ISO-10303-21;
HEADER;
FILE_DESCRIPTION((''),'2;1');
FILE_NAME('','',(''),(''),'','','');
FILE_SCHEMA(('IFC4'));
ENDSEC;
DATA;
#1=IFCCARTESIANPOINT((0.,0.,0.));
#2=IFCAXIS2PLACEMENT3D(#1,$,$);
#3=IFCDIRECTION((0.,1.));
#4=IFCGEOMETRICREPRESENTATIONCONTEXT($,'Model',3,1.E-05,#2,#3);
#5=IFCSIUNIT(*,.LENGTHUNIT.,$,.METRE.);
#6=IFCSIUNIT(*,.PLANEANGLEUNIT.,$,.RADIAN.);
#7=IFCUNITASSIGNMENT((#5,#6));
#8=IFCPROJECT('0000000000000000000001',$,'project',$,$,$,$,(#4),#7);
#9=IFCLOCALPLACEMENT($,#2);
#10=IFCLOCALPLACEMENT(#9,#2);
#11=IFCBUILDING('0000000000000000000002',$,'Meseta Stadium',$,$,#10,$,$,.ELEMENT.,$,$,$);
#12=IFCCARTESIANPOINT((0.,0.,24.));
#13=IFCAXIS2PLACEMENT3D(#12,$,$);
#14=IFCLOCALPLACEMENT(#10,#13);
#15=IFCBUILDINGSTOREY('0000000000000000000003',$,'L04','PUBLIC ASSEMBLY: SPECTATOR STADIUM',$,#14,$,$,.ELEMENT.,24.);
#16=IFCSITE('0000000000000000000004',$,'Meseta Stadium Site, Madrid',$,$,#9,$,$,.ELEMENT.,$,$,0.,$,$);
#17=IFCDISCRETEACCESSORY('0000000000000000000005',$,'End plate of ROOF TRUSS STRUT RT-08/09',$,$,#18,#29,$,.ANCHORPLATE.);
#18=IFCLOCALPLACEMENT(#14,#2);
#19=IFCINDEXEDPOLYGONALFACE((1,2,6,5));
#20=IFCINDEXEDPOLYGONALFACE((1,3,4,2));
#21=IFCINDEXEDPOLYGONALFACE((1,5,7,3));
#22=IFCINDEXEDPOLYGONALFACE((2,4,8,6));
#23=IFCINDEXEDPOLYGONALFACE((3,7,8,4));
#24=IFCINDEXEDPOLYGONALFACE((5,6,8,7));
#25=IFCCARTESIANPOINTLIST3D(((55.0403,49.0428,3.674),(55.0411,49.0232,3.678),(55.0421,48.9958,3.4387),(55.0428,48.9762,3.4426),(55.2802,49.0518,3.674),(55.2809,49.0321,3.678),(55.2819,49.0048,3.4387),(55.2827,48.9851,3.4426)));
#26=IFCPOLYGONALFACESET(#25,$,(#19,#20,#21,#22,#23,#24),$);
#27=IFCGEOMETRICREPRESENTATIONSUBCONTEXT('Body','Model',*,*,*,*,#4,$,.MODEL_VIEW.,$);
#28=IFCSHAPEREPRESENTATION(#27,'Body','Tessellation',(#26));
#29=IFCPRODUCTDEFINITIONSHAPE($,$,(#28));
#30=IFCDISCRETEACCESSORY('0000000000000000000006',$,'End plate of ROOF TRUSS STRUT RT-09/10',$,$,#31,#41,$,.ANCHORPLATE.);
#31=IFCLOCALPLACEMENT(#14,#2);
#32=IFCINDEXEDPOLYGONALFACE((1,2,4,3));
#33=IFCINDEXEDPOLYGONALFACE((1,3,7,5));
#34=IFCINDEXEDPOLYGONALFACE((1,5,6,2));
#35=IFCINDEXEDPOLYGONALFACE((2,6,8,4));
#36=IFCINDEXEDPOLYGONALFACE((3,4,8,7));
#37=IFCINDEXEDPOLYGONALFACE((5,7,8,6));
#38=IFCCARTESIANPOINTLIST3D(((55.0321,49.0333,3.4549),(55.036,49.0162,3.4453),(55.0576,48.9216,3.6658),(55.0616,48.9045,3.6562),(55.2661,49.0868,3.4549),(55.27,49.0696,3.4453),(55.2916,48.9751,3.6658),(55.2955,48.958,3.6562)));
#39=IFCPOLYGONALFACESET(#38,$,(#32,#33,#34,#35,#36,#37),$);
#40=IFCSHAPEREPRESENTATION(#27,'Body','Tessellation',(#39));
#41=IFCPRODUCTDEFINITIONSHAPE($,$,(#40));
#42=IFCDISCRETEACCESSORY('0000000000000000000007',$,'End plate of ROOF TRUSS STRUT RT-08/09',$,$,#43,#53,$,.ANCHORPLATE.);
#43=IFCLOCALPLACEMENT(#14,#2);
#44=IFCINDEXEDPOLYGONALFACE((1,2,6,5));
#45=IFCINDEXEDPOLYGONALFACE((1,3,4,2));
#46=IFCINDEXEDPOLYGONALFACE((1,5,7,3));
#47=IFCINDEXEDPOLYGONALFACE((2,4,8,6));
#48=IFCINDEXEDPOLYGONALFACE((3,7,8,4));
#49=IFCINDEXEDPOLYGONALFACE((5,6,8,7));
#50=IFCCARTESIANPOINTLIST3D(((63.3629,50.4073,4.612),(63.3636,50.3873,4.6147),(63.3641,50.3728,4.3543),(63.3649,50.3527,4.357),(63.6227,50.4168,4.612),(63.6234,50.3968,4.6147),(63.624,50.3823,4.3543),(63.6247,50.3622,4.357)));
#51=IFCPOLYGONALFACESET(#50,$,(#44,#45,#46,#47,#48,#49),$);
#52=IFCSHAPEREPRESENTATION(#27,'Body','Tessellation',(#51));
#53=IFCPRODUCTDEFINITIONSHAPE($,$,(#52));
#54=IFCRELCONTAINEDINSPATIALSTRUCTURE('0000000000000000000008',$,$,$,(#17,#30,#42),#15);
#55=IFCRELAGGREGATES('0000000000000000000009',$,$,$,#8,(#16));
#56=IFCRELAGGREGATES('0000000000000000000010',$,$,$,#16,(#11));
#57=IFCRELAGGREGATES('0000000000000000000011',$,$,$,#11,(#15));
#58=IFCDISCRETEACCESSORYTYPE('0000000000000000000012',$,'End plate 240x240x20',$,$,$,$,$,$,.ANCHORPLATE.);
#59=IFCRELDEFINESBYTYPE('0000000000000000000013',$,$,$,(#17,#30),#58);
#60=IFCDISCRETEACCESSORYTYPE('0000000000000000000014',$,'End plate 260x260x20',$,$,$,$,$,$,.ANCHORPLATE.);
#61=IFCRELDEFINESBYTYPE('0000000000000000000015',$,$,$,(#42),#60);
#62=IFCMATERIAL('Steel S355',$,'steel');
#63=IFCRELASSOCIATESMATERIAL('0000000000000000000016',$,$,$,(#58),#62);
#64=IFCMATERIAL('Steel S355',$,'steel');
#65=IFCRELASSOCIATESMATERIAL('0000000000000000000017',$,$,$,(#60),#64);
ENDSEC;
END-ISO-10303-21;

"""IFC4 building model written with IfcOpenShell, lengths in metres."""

from ifc_helpers import new_model, si_unit, direction, frame, origin, origin_2d, place, context, subcontext, project, spatial, rectangle, extrude, material, material_profile, profile_set, type_object, element, save


model = new_model("IFC4")

# Units and contexts
model_context = context("Model", 3, precision=1e-05, world=origin(), true_north=direction((0.0, 1.0)))
body_context = subcontext(model_context, "Body", "Model", "MODEL_VIEW")
ifc_project = project(units=[si_unit("LENGTHUNIT", "METRE"), si_unit("PLANEANGLEUNIT", "RADIAN")], contexts=[model_context])

# Site, building, storey
site_placement = place(None, origin())
site = spatial("IfcSite", under=ifc_project, at=site_placement, Name="Meseta Stadium Site, Madrid", CompositionType="ELEMENT", RefElevation=0.0)
building_placement = place(site_placement, origin())
building = spatial("IfcBuilding", under=site, at=building_placement, Name="Meseta Stadium", CompositionType="ELEMENT")
storey_placement = place(building_placement, frame((0.0, 0.0, 24.0)))
storey = spatial("IfcBuildingStorey", under=building, at=storey_placement, Name="L04", Description="PUBLIC ASSEMBLY: SPECTATOR STADIUM", CompositionType="ELEMENT", Elevation=24.0)

# Discrete accessories
ifc_material_1 = material(Name="Steel S355", Category="steel")
ifc_material_profile_1 = material_profile(ifc_material_1, rectangle(XDim=0.24, YDim=0.24, at=origin_2d()), Name="PL 240x240")
ifc_profile_set_1 = profile_set([ifc_material_profile_1], Name="Steel S355")
discrete_accessory_type_1 = type_object("IfcDiscreteAccessoryType", Name="End plate 240x240x20", PredefinedType="ANCHORPLATE", material=ifc_profile_set_1)
for number, where, z_axis, x_axis, name in (
    (1, (55.1619, 49.0042, 3.5603), (-0.036747, 0.979918, -0.195984), (-0.999298, -0.037474, 0.0), "End plate of ROOF TRUSS STRUT RT-08/09"),
    (2, (55.1658, 48.9871, 3.5508), (-0.195807, 0.856658, 0.477281), (-0.974859, -0.222825, 0.0), "End plate of ROOF TRUSS STRUT RT-09/10"),
):
    element("IfcDiscreteAccessory", number, at=place(storey_placement, frame(where, z_axis=z_axis, x_axis=x_axis)), inside=storey, type_object=discrete_accessory_type_1, Name=name, PredefinedType="ANCHORPLATE", context=body_context, shape_type="SweptSolid", body=[
        extrude(rectangle(XDim=0.24, YDim=0.24, at=origin_2d()), origin(), (0.0, 0.0, 1.0), 0.02),
    ])
ifc_material_2 = material(Name="Steel S355", Category="steel")
ifc_material_profile_2 = material_profile(ifc_material_2, rectangle(XDim=0.26, YDim=0.26, at=origin_2d()), Name="PL 260x260")
ifc_profile_set_2 = profile_set([ifc_material_profile_2], Name="Steel S355")
discrete_accessory_type_2 = type_object("IfcDiscreteAccessoryType", Name="End plate 260x260x20", PredefinedType="ANCHORPLATE", material=ifc_profile_set_2)
discrete_accessory_1_placement = place(storey_placement, frame((63.4941, 50.3748, 4.4858), z_axis=(-0.036237, 0.990471, -0.132868), x_axis=(-0.999331, -0.036561, 0.0)))
element("IfcDiscreteAccessory", 3, at=discrete_accessory_1_placement, inside=storey, type_object=discrete_accessory_type_2, Name="End plate of ROOF TRUSS STRUT RT-08/09", PredefinedType="ANCHORPLATE", context=body_context, shape_type="SweptSolid", body=[
    extrude(rectangle(XDim=0.26, YDim=0.26, at=origin_2d()), origin(), (0.0, 0.0, 1.0), 0.0203),
])

save(model, "model.ifc")
